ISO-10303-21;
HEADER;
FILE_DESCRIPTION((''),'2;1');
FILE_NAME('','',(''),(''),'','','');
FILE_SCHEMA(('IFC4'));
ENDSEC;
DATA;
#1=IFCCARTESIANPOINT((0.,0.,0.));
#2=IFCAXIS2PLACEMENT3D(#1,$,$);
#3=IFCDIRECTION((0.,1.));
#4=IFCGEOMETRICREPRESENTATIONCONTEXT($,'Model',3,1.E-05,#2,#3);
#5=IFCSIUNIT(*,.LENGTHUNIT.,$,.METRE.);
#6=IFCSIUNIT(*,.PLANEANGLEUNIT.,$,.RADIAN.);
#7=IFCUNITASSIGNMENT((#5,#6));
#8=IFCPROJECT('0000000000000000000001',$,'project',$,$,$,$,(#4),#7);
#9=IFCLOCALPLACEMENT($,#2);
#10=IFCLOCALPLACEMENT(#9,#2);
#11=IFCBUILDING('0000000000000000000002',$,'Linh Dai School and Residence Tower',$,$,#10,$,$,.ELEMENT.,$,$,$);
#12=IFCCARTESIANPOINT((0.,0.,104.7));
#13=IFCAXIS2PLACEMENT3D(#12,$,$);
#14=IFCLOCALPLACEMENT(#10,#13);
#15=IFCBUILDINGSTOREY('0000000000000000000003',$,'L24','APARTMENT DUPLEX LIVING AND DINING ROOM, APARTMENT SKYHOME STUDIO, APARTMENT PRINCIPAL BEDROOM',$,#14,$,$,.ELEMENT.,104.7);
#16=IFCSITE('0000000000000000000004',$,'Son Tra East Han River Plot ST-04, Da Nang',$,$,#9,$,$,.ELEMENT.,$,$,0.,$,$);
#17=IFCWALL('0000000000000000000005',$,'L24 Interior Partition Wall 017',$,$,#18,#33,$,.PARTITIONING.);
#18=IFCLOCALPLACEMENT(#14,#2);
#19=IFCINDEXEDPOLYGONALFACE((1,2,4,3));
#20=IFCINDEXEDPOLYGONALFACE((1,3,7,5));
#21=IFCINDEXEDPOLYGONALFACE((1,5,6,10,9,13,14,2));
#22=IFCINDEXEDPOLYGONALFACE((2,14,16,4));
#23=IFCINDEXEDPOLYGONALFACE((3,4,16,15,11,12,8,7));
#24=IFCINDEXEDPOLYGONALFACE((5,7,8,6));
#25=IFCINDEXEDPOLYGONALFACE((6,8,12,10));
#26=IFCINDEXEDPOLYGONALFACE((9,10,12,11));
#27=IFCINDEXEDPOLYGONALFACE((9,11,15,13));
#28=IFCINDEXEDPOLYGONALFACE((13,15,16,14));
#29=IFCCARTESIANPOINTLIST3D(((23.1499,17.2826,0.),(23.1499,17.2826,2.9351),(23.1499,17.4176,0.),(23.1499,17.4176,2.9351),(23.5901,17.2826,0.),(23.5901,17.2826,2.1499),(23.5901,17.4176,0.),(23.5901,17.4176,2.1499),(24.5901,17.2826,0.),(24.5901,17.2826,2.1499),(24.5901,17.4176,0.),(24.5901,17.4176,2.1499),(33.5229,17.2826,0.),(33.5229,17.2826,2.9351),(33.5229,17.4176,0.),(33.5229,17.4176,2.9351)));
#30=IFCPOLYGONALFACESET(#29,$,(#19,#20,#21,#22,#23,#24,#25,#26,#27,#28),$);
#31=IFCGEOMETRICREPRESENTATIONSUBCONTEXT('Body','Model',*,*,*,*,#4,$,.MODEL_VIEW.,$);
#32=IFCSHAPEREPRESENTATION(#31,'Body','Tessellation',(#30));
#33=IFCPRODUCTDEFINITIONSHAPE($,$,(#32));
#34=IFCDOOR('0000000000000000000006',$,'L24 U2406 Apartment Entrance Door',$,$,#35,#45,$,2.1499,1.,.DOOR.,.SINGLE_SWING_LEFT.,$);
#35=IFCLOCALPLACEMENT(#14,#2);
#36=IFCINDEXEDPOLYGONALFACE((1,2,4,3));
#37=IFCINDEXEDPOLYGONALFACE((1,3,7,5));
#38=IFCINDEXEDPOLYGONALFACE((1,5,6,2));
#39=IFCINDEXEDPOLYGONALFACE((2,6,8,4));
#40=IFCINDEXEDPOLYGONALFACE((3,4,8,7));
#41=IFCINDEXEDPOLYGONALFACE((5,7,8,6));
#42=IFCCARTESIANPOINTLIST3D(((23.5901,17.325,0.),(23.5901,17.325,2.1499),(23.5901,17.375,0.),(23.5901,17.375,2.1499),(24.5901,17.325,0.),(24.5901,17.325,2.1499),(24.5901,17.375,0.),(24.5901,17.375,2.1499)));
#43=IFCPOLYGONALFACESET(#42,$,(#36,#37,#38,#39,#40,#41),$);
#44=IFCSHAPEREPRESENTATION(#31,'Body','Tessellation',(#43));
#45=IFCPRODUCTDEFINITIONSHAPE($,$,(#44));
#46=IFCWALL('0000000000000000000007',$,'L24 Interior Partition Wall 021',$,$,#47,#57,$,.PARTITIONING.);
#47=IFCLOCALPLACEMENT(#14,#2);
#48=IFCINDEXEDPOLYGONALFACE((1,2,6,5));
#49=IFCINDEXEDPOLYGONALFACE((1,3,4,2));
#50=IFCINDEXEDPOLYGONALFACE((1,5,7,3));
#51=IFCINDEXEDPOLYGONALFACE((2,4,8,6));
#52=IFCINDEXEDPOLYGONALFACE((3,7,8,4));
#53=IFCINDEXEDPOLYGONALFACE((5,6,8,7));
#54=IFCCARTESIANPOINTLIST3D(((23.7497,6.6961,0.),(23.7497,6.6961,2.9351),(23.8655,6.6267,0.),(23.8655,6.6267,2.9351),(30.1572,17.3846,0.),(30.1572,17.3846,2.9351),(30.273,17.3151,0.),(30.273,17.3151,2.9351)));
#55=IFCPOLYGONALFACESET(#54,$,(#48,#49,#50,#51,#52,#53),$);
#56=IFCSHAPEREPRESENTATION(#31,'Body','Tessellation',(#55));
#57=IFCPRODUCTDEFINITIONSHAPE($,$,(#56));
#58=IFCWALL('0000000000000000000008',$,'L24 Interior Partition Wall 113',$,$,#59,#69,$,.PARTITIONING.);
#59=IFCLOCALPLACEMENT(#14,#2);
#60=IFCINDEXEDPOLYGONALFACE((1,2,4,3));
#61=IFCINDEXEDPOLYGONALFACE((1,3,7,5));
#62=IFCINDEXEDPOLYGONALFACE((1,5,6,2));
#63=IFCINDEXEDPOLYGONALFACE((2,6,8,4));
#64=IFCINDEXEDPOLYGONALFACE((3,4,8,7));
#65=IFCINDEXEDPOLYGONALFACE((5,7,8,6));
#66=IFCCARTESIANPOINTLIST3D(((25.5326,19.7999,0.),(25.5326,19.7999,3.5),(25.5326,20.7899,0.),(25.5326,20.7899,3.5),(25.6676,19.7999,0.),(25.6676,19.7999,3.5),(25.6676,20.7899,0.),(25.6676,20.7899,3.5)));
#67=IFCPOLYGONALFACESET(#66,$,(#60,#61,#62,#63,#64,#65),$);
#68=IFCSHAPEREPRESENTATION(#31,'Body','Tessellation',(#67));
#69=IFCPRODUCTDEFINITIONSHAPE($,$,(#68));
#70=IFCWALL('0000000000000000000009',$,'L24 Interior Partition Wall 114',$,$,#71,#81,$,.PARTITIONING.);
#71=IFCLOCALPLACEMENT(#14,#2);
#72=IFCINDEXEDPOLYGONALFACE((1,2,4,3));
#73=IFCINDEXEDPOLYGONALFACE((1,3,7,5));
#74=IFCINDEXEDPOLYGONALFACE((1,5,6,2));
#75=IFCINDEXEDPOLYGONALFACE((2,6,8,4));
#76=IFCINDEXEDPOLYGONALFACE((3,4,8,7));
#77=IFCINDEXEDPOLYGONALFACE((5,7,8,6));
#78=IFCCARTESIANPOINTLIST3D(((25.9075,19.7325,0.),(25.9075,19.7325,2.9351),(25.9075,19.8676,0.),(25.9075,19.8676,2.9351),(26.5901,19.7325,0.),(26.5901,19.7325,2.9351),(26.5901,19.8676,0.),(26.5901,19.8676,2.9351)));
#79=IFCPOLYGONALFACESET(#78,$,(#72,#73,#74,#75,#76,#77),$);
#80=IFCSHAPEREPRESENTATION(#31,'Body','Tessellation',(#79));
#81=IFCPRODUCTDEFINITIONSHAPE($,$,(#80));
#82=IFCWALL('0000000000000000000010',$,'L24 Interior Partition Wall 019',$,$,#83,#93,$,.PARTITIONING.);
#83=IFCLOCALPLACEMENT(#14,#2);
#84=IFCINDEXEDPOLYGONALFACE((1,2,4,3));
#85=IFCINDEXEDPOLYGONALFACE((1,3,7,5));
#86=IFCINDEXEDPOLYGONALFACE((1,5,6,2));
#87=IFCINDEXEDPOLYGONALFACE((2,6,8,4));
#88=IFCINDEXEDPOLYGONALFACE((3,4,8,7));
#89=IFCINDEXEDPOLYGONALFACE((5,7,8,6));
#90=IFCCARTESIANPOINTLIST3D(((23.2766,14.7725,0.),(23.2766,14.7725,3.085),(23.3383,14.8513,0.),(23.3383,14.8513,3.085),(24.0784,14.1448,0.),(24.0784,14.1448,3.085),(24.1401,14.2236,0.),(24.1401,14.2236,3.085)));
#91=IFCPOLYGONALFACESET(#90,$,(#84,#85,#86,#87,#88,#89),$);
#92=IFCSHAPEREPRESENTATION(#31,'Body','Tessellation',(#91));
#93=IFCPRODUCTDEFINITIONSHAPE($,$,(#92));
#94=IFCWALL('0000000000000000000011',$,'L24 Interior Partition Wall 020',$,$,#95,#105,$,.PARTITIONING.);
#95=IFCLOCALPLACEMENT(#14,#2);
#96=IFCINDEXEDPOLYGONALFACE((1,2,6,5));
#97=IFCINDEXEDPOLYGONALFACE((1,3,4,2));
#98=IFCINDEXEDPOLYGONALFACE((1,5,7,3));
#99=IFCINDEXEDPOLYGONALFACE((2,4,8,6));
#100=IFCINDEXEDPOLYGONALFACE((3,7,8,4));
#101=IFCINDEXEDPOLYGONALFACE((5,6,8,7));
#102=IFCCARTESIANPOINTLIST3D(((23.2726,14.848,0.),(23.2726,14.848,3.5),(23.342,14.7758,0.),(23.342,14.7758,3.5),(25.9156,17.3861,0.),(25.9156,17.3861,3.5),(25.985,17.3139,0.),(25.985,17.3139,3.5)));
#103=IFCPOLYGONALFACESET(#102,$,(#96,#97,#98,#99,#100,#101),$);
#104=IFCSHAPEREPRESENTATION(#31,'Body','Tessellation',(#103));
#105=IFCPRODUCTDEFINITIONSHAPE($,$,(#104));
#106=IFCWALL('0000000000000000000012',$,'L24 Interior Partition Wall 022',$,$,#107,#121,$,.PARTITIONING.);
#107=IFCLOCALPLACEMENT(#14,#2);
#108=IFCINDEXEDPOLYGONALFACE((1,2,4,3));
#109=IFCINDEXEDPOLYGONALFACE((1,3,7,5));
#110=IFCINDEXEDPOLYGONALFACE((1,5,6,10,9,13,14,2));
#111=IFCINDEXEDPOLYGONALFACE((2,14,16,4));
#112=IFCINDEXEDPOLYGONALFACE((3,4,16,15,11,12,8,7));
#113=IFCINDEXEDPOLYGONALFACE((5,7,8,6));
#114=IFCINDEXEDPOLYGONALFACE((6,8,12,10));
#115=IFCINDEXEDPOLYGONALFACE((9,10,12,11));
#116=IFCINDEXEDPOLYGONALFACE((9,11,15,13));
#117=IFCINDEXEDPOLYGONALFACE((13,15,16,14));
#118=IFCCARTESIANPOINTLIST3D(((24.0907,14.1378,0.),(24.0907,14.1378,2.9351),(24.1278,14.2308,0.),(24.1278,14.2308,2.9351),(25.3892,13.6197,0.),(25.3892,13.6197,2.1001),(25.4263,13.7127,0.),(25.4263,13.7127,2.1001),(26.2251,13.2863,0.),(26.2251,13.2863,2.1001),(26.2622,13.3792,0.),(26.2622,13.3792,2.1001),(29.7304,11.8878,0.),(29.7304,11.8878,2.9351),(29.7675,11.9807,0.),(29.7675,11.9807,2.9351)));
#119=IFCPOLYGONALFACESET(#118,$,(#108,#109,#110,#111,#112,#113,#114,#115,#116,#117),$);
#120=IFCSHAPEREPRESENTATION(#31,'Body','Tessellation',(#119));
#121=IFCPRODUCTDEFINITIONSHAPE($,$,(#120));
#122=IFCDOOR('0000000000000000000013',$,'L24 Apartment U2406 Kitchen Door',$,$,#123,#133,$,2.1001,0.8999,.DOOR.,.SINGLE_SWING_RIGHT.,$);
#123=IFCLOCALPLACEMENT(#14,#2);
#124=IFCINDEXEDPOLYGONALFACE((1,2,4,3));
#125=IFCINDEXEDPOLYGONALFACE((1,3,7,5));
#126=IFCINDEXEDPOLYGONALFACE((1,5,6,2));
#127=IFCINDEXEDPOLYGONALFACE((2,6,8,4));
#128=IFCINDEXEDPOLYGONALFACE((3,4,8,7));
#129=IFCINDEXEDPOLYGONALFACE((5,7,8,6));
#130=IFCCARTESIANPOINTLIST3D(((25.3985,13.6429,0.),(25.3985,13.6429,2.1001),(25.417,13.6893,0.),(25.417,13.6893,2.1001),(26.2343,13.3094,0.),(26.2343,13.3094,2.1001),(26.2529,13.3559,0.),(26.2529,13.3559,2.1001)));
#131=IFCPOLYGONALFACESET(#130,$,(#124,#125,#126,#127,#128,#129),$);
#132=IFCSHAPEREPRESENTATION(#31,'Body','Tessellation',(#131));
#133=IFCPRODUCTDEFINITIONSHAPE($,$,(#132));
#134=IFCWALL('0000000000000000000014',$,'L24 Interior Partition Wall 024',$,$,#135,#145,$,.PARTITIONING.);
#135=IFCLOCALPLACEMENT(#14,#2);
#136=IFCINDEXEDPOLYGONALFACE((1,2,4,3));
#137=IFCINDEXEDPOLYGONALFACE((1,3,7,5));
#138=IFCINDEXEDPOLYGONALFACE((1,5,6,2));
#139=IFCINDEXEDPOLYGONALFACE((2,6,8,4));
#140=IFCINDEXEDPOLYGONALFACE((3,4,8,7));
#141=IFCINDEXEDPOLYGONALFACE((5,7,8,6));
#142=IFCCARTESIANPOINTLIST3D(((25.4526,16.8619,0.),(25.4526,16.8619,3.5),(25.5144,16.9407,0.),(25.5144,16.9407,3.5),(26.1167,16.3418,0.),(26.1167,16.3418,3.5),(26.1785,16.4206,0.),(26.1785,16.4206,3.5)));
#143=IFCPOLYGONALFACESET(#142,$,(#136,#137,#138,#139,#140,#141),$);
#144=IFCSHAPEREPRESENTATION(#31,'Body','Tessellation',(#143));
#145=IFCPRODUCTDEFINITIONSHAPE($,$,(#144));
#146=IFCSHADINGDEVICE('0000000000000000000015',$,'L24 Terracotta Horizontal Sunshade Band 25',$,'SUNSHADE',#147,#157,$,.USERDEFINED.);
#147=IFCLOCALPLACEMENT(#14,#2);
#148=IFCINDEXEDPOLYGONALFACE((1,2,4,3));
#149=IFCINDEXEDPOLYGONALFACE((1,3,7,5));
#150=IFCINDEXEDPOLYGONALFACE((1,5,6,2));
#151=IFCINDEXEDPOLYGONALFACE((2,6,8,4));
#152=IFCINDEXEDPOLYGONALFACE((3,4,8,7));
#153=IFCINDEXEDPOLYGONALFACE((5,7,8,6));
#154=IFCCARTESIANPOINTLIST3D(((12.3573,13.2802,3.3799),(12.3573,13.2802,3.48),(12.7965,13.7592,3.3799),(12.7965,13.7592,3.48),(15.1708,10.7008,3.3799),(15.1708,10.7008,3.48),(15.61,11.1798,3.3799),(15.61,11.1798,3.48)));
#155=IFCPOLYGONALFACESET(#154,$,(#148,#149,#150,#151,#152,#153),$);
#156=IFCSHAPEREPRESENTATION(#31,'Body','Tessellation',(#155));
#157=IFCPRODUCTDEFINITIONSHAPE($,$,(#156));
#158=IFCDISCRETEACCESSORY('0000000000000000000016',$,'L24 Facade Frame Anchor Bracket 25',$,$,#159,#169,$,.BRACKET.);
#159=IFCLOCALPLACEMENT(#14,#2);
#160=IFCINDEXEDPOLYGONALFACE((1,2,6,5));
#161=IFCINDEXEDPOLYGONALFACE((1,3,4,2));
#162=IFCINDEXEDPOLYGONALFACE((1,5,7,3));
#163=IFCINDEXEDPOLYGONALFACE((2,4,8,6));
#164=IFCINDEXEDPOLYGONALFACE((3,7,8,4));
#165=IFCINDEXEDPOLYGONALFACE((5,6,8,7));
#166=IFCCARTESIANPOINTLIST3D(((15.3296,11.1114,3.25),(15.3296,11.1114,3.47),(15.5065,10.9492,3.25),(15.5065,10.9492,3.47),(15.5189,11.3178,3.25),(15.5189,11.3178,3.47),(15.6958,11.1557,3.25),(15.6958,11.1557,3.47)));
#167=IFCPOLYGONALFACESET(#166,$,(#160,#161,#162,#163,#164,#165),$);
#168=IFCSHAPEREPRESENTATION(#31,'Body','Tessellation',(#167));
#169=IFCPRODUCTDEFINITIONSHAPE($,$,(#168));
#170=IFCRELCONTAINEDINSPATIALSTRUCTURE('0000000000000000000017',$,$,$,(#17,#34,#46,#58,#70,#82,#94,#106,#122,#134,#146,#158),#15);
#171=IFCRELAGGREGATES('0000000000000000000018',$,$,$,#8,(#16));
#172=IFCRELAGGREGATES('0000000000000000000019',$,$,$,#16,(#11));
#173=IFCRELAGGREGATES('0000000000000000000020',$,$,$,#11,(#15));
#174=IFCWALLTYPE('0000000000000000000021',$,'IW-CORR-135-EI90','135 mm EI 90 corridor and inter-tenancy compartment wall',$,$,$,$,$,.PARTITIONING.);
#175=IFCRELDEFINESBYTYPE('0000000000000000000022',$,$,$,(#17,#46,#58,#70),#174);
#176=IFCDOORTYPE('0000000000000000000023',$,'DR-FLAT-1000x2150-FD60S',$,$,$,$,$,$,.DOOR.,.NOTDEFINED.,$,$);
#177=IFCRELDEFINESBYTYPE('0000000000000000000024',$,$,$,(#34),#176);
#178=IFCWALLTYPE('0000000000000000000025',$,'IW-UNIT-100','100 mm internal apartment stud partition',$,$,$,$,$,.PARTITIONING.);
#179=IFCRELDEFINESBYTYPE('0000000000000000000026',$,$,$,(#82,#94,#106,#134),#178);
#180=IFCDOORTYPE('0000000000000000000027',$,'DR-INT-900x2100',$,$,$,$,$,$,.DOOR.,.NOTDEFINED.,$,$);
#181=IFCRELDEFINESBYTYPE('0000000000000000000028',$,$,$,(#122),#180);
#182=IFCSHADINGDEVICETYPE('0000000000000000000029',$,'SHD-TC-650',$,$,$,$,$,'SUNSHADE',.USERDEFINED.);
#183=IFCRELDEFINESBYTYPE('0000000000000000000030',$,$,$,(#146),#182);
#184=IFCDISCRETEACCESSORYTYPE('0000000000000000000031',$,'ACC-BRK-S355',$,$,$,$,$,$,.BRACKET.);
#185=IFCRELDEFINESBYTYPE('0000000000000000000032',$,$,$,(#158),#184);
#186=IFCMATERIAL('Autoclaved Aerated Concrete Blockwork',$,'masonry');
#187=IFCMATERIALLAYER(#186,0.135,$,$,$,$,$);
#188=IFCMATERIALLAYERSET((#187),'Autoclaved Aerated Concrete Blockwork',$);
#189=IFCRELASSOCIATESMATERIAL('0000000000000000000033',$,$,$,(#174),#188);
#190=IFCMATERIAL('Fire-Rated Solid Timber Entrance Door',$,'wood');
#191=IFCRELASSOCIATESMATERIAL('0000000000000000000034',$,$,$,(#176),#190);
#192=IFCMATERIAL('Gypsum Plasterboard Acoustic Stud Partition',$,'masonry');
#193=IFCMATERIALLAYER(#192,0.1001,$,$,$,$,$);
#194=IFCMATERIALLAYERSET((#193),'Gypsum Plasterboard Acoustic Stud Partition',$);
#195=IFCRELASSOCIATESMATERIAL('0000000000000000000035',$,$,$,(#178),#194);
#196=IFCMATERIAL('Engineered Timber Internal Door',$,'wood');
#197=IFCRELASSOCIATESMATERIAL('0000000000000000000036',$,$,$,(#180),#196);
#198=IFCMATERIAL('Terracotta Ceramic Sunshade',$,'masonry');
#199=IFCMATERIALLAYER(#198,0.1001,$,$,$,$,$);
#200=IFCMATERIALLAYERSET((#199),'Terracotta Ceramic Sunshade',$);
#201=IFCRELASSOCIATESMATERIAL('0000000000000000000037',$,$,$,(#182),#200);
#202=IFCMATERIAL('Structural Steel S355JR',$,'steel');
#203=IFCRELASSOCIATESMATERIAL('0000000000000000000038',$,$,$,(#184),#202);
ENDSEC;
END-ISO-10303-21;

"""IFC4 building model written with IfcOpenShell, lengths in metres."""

from ifc_helpers import new_model, si_unit, direction, frame, frame_2d, origin, origin_2d, place, context, subcontext, project, spatial, rectangle, extrude, source, transform, mapped, material, layer, layer_set, type_object, element, fill, save


model = new_model("IFC4")

# Units and contexts
model_context = context("Model", 3, precision=1e-05, world=origin(), true_north=direction((0.0, 1.0)))
body_context = subcontext(model_context, "Body", "Model", "MODEL_VIEW")
ifc_project = project(units=[si_unit("LENGTHUNIT", "METRE"), si_unit("PLANEANGLEUNIT", "RADIAN")], contexts=[model_context])

# Site, building, storey
site_placement = place(None, origin())
site = spatial("IfcSite", under=ifc_project, at=site_placement, Name="Son Tra East Han River Plot ST-04, Da Nang", CompositionType="ELEMENT", RefElevation=0.0)
building_placement = place(site_placement, origin())
building = spatial("IfcBuilding", under=site, at=building_placement, Name="Linh Dai School and Residence Tower", CompositionType="ELEMENT")
storey_placement = place(building_placement, frame((0.0, 0.0, 104.7)))
storey = spatial("IfcBuildingStorey", under=building, at=storey_placement, Name="L24", Description="APARTMENT DUPLEX LIVING AND DINING ROOM, APARTMENT SKYHOME STUDIO, APARTMENT PRINCIPAL BEDROOM", CompositionType="ELEMENT", Elevation=104.7)

# Shared definitions
ifc_material_1 = material(Name="Structural Steel S355JR", Category="steel")

# Wall, opening, door
ifc_material_2 = material(Name="Autoclaved Aerated Concrete Blockwork", Category="masonry")
ifc_layer_1 = layer(ifc_material_2, 0.135)
ifc_layer_set_1 = layer_set([ifc_layer_1], Name="Autoclaved Aerated Concrete Blockwork")
wall_type_1 = type_object("IfcWallType", Name="IW-CORR-135-EI90", Description="135 mm EI 90 corridor and inter-tenancy compartment wall", PredefinedType="PARTITIONING", material=ifc_layer_set_1)
ifc_material_3 = material(Name="Fire-Rated Solid Timber Entrance Door", Category="wood")
door_type_1 = type_object("IfcDoorType", Name="DR-FLAT-1000x2150-FD60S", OperationType="NOTDEFINED", PredefinedType="DOOR", material=ifc_material_3)
shared_shape_1 = source(origin(), body_context, "Body", "SweptSolid", [
    extrude(rectangle(XDim=1.0, YDim=2.1499, at=origin_2d()), frame((0.5, 0.0249, 1.075), z_axis=(0.0, -1.0, 0.0), x_axis=(1.0, 0.0, 0.0)), (0.0, 0.0, 1.0), 0.05),
])
wall_1_placement = place(storey_placement, frame((23.1499, 17.3501, 0.0), z_axis=(0.0, 0.0, 1.0), x_axis=(1.0, 0.0, 0.0)))
wall_1 = element("IfcWall", 1, at=wall_1_placement, inside=storey, type_object=wall_type_1, Name="L24 Interior Partition Wall 017", PredefinedType="PARTITIONING", context=body_context, shape_type="SweptSolid", body=[
    extrude(rectangle(XDim=10.373, YDim=0.135, at=frame_2d((5.1865, 0.0))), origin(), (0.0, 0.0, 1.0), 2.9351),
])
opening_1_placement = place(wall_1_placement, frame((0.4402, 0.0, 0.0)))
opening_1 = element("IfcOpeningElement", 2, at=opening_1_placement, cuts=wall_1, PredefinedType="OPENING", context=body_context, shape_type="SweptSolid", body=[
    extrude(rectangle(XDim=1.0, YDim=2.1499, at=origin_2d()), frame((0.5, 0.0776, 1.075), z_axis=(0.0, -1.0, 0.0), x_axis=(1.0, 0.0, 0.0)), (0.0, 0.0, 1.0), 0.155),
])
door_1_placement = place(opening_1_placement, origin())
door_1 = element("IfcDoor", 3, at=door_1_placement, inside=storey, type_object=door_type_1, Name="L24 U2406 Apartment Entrance Door", OperationType="SINGLE_SWING_LEFT", OverallHeight=2.1499, OverallWidth=1.0, PredefinedType="DOOR", context=body_context, shape_type="MappedRepresentation", body=[
    mapped(shared_shape_1, transform((0.0, 0.0, 0.0), x_axis=(1.0, 0.0, 0.0), y_axis=(0.0, 1.0, 0.0), z_axis=(0.0, 0.0, 1.0), scale=1.0)),
])
fill(opening_1, door_1)

# Walls
wall_2_placement = place(storey_placement, frame((23.8076, 6.6614, 0.0), z_axis=(0.0, 0.0, 1.0), x_axis=(0.514164, 0.857692, 0.0)))
element("IfcWall", 4, at=wall_2_placement, inside=storey, type_object=wall_type_1, Name="L24 Interior Partition Wall 021", PredefinedType="PARTITIONING", context=body_context, shape_type="SweptSolid", body=[
    extrude(rectangle(XDim=12.4619, YDim=0.135, at=frame_2d((6.231, 0.0))), origin(), (0.0, 0.0, 1.0), 2.9351),
])
wall_3_placement = place(storey_placement, frame((25.6001, 20.79, 0.0), z_axis=(0.0, 0.0, 1.0), x_axis=(0.0, -1.0, 0.0)))
element("IfcWall", 5, at=wall_3_placement, inside=storey, type_object=wall_type_1, Name="L24 Interior Partition Wall 113", PredefinedType="PARTITIONING", context=body_context, shape_type="SweptSolid", body=[
    extrude(rectangle(XDim=0.99, YDim=0.135, at=frame_2d((0.4951, 0.0))), origin(), (0.0, 0.0, 1.0), 3.5),
])
wall_4_placement = place(storey_placement, frame((25.9075, 19.8, 0.0), z_axis=(0.0, 0.0, 1.0), x_axis=(1.0, 0.0, 0.0)))
element("IfcWall", 6, at=wall_4_placement, inside=storey, type_object=wall_type_1, Name="L24 Interior Partition Wall 114", PredefinedType="PARTITIONING", context=body_context, shape_type="SweptSolid", body=[
    extrude(rectangle(XDim=0.6826, YDim=0.135, at=frame_2d((0.3413, 0.0))), origin(), (0.0, 0.0, 1.0), 2.9351),
])
ifc_material_4 = material(Name="Gypsum Plasterboard Acoustic Stud Partition", Category="masonry")
ifc_layer_2 = layer(ifc_material_4, 0.1001)
ifc_layer_set_2 = layer_set([ifc_layer_2], Name="Gypsum Plasterboard Acoustic Stud Partition")
wall_type_2 = type_object("IfcWallType", Name="IW-UNIT-100", Description="100 mm internal apartment stud partition", PredefinedType="PARTITIONING", material=ifc_layer_set_2)
wall_5_placement = place(storey_placement, frame((23.3074, 14.812, 0.0), z_axis=(0.0, 0.0, 1.0), x_axis=(0.787399, -0.616444, 0.0)))
element("IfcWall", 7, at=wall_5_placement, inside=storey, type_object=wall_type_2, Name="L24 Interior Partition Wall 019", PredefinedType="PARTITIONING", context=body_context, shape_type="SweptSolid", body=[
    extrude(rectangle(XDim=1.0183, YDim=0.1001, at=frame_2d((0.5093, 0.0))), origin(), (0.0, 0.0, 1.0), 3.085),
])
wall_6_placement = place(storey_placement, frame((23.3074, 14.812, 0.0), z_axis=(0.0, 0.0, 1.0), x_axis=(0.721286, 0.692637, 0.0)))
element("IfcWall", 8, at=wall_6_placement, inside=storey, type_object=wall_type_2, Name="L24 Interior Partition Wall 020", PredefinedType="PARTITIONING", context=body_context, shape_type="SweptSolid", body=[
    extrude(rectangle(XDim=3.6643, YDim=0.1001, at=frame_2d((1.832, 0.0))), origin(), (0.0, 0.0, 1.0), 3.5),
])

# Wall, opening, door
wall_7_placement = place(storey_placement, frame((24.1091, 14.1843, 0.0), z_axis=(0.0, 0.0, 1.0), x_axis=(0.928809, -0.370559, 0.0)))
wall_7 = element("IfcWall", 9, at=wall_7_placement, inside=storey, type_object=wall_type_2, Name="L24 Interior Partition Wall 022", PredefinedType="PARTITIONING", context=body_context, shape_type="SweptSolid", body=[
    extrude(rectangle(XDim=6.072, YDim=0.1001, at=frame_2d((3.0361, 0.0))), origin(), (0.0, 0.0, 1.0), 2.9351),
])
opening_2_placement = place(wall_7_placement, frame((1.3982, 0.0, 0.0)))
opening_2 = element("IfcOpeningElement", 10, at=opening_2_placement, cuts=wall_7, PredefinedType="OPENING", context=body_context, shape_type="SweptSolid", body=[
    extrude(rectangle(XDim=0.8999, YDim=2.1001, at=origin_2d()), frame((0.45, 0.0601, 1.05), z_axis=(0.0, -1.0, 0.0), x_axis=(1.0, 0.0, 0.0)), (0.0, 0.0, 1.0), 0.1201),
])
ifc_material_5 = material(Name="Engineered Timber Internal Door", Category="wood")
door_type_2 = type_object("IfcDoorType", Name="DR-INT-900x2100", OperationType="NOTDEFINED", PredefinedType="DOOR", material=ifc_material_5)
shared_shape_2 = source(origin(), body_context, "Body", "SweptSolid", [
    extrude(rectangle(XDim=0.8999, YDim=2.1001, at=origin_2d()), frame((0.45, 0.0249, 1.05), z_axis=(0.0, -1.0, 0.0), x_axis=(1.0, 0.0, 0.0)), (0.0, 0.0, 1.0), 0.05),
])
door_2_placement = place(opening_2_placement, origin())
door_2 = element("IfcDoor", 11, at=door_2_placement, inside=storey, type_object=door_type_2, Name="L24 Apartment U2406 Kitchen Door", OperationType="SINGLE_SWING_RIGHT", OverallHeight=2.1001, OverallWidth=0.8999, PredefinedType="DOOR", context=body_context, shape_type="MappedRepresentation", body=[
    mapped(shared_shape_2, transform((0.0, 0.0, 0.0), x_axis=(1.0, 0.0, 0.0), y_axis=(0.0, 1.0, 0.0), z_axis=(0.0, 0.0, 1.0), scale=1.0)),
])
fill(opening_2, door_2)

# Wall
wall_8_placement = place(storey_placement, frame((25.4834, 16.9014, 0.0), z_axis=(0.0, 0.0, 1.0), x_axis=(0.787322, -0.616542, 0.0)))
element("IfcWall", 12, at=wall_8_placement, inside=storey, type_object=wall_type_2, Name="L24 Interior Partition Wall 024", PredefinedType="PARTITIONING", context=body_context, shape_type="SweptSolid", body=[
    extrude(rectangle(XDim=0.8435, YDim=0.1001, at=frame_2d((0.4219, 0.0))), origin(), (0.0, 0.0, 1.0), 3.5),
])

# Shading device
ifc_material_6 = material(Name="Terracotta Ceramic Sunshade", Category="masonry")
ifc_layer_3 = layer(ifc_material_6, 0.1001)
ifc_layer_set_3 = layer_set([ifc_layer_3], Name="Terracotta Ceramic Sunshade")
shading_device_type = type_object("IfcShadingDeviceType", Name="SHD-TC-650", ElementType="SUNSHADE", PredefinedType="USERDEFINED", material=ifc_layer_set_3)
shared_shape_3 = source(origin(), body_context, "Body", "SweptSolid", [
    extrude(rectangle(XDim=3.8169, YDim=0.6499, at=origin_2d()), origin(), (0.0, 0.0, 1.0), 0.1001),
])
shading_device_placement = place(storey_placement, frame((13.9836, 12.23, 3.3799), z_axis=(0.0, 0.0, 1.0), x_axis=(-0.7371, 0.675783, 0.0)))
element("IfcShadingDevice", 13, at=shading_device_placement, inside=storey, type_object=shading_device_type, Name="L24 Terracotta Horizontal Sunshade Band 25", ObjectType="SUNSHADE", PredefinedType="USERDEFINED", context=body_context, shape_type="MappedRepresentation", body=[
    mapped(shared_shape_3, transform((0.0, 0.0, 0.0), x_axis=(1.0, 0.0, 0.0), y_axis=(0.0, 1.0, 0.0), z_axis=(0.0, 0.0, 1.0), scale=1.0)),
])

# Discrete accessory
discrete_accessory_type = type_object("IfcDiscreteAccessoryType", Name="ACC-BRK-S355", PredefinedType="BRACKET", material=ifc_material_1)
shared_shape_4 = source(origin(), body_context, "Body", "SweptSolid", [
    extrude(rectangle(XDim=0.28, YDim=0.24, at=origin_2d()), origin(), (0.0, 0.0, 1.0), 0.22),
])
discrete_accessory_placement = place(storey_placement, frame((15.5127, 11.1335, 3.25), z_axis=(0.0, 0.0, 1.0), x_axis=(-0.675783, -0.7371, 0.0)))
element("IfcDiscreteAccessory", 14, at=discrete_accessory_placement, inside=storey, type_object=discrete_accessory_type, Name="L24 Facade Frame Anchor Bracket 25", PredefinedType="BRACKET", context=body_context, shape_type="MappedRepresentation", body=[
    mapped(shared_shape_4, transform((0.0, 0.0, 0.0), x_axis=(1.0, 0.0, 0.0), y_axis=(0.0, 1.0, 0.0), z_axis=(0.0, 0.0, 1.0), scale=1.0)),
])

save(model, "model.ifc")
